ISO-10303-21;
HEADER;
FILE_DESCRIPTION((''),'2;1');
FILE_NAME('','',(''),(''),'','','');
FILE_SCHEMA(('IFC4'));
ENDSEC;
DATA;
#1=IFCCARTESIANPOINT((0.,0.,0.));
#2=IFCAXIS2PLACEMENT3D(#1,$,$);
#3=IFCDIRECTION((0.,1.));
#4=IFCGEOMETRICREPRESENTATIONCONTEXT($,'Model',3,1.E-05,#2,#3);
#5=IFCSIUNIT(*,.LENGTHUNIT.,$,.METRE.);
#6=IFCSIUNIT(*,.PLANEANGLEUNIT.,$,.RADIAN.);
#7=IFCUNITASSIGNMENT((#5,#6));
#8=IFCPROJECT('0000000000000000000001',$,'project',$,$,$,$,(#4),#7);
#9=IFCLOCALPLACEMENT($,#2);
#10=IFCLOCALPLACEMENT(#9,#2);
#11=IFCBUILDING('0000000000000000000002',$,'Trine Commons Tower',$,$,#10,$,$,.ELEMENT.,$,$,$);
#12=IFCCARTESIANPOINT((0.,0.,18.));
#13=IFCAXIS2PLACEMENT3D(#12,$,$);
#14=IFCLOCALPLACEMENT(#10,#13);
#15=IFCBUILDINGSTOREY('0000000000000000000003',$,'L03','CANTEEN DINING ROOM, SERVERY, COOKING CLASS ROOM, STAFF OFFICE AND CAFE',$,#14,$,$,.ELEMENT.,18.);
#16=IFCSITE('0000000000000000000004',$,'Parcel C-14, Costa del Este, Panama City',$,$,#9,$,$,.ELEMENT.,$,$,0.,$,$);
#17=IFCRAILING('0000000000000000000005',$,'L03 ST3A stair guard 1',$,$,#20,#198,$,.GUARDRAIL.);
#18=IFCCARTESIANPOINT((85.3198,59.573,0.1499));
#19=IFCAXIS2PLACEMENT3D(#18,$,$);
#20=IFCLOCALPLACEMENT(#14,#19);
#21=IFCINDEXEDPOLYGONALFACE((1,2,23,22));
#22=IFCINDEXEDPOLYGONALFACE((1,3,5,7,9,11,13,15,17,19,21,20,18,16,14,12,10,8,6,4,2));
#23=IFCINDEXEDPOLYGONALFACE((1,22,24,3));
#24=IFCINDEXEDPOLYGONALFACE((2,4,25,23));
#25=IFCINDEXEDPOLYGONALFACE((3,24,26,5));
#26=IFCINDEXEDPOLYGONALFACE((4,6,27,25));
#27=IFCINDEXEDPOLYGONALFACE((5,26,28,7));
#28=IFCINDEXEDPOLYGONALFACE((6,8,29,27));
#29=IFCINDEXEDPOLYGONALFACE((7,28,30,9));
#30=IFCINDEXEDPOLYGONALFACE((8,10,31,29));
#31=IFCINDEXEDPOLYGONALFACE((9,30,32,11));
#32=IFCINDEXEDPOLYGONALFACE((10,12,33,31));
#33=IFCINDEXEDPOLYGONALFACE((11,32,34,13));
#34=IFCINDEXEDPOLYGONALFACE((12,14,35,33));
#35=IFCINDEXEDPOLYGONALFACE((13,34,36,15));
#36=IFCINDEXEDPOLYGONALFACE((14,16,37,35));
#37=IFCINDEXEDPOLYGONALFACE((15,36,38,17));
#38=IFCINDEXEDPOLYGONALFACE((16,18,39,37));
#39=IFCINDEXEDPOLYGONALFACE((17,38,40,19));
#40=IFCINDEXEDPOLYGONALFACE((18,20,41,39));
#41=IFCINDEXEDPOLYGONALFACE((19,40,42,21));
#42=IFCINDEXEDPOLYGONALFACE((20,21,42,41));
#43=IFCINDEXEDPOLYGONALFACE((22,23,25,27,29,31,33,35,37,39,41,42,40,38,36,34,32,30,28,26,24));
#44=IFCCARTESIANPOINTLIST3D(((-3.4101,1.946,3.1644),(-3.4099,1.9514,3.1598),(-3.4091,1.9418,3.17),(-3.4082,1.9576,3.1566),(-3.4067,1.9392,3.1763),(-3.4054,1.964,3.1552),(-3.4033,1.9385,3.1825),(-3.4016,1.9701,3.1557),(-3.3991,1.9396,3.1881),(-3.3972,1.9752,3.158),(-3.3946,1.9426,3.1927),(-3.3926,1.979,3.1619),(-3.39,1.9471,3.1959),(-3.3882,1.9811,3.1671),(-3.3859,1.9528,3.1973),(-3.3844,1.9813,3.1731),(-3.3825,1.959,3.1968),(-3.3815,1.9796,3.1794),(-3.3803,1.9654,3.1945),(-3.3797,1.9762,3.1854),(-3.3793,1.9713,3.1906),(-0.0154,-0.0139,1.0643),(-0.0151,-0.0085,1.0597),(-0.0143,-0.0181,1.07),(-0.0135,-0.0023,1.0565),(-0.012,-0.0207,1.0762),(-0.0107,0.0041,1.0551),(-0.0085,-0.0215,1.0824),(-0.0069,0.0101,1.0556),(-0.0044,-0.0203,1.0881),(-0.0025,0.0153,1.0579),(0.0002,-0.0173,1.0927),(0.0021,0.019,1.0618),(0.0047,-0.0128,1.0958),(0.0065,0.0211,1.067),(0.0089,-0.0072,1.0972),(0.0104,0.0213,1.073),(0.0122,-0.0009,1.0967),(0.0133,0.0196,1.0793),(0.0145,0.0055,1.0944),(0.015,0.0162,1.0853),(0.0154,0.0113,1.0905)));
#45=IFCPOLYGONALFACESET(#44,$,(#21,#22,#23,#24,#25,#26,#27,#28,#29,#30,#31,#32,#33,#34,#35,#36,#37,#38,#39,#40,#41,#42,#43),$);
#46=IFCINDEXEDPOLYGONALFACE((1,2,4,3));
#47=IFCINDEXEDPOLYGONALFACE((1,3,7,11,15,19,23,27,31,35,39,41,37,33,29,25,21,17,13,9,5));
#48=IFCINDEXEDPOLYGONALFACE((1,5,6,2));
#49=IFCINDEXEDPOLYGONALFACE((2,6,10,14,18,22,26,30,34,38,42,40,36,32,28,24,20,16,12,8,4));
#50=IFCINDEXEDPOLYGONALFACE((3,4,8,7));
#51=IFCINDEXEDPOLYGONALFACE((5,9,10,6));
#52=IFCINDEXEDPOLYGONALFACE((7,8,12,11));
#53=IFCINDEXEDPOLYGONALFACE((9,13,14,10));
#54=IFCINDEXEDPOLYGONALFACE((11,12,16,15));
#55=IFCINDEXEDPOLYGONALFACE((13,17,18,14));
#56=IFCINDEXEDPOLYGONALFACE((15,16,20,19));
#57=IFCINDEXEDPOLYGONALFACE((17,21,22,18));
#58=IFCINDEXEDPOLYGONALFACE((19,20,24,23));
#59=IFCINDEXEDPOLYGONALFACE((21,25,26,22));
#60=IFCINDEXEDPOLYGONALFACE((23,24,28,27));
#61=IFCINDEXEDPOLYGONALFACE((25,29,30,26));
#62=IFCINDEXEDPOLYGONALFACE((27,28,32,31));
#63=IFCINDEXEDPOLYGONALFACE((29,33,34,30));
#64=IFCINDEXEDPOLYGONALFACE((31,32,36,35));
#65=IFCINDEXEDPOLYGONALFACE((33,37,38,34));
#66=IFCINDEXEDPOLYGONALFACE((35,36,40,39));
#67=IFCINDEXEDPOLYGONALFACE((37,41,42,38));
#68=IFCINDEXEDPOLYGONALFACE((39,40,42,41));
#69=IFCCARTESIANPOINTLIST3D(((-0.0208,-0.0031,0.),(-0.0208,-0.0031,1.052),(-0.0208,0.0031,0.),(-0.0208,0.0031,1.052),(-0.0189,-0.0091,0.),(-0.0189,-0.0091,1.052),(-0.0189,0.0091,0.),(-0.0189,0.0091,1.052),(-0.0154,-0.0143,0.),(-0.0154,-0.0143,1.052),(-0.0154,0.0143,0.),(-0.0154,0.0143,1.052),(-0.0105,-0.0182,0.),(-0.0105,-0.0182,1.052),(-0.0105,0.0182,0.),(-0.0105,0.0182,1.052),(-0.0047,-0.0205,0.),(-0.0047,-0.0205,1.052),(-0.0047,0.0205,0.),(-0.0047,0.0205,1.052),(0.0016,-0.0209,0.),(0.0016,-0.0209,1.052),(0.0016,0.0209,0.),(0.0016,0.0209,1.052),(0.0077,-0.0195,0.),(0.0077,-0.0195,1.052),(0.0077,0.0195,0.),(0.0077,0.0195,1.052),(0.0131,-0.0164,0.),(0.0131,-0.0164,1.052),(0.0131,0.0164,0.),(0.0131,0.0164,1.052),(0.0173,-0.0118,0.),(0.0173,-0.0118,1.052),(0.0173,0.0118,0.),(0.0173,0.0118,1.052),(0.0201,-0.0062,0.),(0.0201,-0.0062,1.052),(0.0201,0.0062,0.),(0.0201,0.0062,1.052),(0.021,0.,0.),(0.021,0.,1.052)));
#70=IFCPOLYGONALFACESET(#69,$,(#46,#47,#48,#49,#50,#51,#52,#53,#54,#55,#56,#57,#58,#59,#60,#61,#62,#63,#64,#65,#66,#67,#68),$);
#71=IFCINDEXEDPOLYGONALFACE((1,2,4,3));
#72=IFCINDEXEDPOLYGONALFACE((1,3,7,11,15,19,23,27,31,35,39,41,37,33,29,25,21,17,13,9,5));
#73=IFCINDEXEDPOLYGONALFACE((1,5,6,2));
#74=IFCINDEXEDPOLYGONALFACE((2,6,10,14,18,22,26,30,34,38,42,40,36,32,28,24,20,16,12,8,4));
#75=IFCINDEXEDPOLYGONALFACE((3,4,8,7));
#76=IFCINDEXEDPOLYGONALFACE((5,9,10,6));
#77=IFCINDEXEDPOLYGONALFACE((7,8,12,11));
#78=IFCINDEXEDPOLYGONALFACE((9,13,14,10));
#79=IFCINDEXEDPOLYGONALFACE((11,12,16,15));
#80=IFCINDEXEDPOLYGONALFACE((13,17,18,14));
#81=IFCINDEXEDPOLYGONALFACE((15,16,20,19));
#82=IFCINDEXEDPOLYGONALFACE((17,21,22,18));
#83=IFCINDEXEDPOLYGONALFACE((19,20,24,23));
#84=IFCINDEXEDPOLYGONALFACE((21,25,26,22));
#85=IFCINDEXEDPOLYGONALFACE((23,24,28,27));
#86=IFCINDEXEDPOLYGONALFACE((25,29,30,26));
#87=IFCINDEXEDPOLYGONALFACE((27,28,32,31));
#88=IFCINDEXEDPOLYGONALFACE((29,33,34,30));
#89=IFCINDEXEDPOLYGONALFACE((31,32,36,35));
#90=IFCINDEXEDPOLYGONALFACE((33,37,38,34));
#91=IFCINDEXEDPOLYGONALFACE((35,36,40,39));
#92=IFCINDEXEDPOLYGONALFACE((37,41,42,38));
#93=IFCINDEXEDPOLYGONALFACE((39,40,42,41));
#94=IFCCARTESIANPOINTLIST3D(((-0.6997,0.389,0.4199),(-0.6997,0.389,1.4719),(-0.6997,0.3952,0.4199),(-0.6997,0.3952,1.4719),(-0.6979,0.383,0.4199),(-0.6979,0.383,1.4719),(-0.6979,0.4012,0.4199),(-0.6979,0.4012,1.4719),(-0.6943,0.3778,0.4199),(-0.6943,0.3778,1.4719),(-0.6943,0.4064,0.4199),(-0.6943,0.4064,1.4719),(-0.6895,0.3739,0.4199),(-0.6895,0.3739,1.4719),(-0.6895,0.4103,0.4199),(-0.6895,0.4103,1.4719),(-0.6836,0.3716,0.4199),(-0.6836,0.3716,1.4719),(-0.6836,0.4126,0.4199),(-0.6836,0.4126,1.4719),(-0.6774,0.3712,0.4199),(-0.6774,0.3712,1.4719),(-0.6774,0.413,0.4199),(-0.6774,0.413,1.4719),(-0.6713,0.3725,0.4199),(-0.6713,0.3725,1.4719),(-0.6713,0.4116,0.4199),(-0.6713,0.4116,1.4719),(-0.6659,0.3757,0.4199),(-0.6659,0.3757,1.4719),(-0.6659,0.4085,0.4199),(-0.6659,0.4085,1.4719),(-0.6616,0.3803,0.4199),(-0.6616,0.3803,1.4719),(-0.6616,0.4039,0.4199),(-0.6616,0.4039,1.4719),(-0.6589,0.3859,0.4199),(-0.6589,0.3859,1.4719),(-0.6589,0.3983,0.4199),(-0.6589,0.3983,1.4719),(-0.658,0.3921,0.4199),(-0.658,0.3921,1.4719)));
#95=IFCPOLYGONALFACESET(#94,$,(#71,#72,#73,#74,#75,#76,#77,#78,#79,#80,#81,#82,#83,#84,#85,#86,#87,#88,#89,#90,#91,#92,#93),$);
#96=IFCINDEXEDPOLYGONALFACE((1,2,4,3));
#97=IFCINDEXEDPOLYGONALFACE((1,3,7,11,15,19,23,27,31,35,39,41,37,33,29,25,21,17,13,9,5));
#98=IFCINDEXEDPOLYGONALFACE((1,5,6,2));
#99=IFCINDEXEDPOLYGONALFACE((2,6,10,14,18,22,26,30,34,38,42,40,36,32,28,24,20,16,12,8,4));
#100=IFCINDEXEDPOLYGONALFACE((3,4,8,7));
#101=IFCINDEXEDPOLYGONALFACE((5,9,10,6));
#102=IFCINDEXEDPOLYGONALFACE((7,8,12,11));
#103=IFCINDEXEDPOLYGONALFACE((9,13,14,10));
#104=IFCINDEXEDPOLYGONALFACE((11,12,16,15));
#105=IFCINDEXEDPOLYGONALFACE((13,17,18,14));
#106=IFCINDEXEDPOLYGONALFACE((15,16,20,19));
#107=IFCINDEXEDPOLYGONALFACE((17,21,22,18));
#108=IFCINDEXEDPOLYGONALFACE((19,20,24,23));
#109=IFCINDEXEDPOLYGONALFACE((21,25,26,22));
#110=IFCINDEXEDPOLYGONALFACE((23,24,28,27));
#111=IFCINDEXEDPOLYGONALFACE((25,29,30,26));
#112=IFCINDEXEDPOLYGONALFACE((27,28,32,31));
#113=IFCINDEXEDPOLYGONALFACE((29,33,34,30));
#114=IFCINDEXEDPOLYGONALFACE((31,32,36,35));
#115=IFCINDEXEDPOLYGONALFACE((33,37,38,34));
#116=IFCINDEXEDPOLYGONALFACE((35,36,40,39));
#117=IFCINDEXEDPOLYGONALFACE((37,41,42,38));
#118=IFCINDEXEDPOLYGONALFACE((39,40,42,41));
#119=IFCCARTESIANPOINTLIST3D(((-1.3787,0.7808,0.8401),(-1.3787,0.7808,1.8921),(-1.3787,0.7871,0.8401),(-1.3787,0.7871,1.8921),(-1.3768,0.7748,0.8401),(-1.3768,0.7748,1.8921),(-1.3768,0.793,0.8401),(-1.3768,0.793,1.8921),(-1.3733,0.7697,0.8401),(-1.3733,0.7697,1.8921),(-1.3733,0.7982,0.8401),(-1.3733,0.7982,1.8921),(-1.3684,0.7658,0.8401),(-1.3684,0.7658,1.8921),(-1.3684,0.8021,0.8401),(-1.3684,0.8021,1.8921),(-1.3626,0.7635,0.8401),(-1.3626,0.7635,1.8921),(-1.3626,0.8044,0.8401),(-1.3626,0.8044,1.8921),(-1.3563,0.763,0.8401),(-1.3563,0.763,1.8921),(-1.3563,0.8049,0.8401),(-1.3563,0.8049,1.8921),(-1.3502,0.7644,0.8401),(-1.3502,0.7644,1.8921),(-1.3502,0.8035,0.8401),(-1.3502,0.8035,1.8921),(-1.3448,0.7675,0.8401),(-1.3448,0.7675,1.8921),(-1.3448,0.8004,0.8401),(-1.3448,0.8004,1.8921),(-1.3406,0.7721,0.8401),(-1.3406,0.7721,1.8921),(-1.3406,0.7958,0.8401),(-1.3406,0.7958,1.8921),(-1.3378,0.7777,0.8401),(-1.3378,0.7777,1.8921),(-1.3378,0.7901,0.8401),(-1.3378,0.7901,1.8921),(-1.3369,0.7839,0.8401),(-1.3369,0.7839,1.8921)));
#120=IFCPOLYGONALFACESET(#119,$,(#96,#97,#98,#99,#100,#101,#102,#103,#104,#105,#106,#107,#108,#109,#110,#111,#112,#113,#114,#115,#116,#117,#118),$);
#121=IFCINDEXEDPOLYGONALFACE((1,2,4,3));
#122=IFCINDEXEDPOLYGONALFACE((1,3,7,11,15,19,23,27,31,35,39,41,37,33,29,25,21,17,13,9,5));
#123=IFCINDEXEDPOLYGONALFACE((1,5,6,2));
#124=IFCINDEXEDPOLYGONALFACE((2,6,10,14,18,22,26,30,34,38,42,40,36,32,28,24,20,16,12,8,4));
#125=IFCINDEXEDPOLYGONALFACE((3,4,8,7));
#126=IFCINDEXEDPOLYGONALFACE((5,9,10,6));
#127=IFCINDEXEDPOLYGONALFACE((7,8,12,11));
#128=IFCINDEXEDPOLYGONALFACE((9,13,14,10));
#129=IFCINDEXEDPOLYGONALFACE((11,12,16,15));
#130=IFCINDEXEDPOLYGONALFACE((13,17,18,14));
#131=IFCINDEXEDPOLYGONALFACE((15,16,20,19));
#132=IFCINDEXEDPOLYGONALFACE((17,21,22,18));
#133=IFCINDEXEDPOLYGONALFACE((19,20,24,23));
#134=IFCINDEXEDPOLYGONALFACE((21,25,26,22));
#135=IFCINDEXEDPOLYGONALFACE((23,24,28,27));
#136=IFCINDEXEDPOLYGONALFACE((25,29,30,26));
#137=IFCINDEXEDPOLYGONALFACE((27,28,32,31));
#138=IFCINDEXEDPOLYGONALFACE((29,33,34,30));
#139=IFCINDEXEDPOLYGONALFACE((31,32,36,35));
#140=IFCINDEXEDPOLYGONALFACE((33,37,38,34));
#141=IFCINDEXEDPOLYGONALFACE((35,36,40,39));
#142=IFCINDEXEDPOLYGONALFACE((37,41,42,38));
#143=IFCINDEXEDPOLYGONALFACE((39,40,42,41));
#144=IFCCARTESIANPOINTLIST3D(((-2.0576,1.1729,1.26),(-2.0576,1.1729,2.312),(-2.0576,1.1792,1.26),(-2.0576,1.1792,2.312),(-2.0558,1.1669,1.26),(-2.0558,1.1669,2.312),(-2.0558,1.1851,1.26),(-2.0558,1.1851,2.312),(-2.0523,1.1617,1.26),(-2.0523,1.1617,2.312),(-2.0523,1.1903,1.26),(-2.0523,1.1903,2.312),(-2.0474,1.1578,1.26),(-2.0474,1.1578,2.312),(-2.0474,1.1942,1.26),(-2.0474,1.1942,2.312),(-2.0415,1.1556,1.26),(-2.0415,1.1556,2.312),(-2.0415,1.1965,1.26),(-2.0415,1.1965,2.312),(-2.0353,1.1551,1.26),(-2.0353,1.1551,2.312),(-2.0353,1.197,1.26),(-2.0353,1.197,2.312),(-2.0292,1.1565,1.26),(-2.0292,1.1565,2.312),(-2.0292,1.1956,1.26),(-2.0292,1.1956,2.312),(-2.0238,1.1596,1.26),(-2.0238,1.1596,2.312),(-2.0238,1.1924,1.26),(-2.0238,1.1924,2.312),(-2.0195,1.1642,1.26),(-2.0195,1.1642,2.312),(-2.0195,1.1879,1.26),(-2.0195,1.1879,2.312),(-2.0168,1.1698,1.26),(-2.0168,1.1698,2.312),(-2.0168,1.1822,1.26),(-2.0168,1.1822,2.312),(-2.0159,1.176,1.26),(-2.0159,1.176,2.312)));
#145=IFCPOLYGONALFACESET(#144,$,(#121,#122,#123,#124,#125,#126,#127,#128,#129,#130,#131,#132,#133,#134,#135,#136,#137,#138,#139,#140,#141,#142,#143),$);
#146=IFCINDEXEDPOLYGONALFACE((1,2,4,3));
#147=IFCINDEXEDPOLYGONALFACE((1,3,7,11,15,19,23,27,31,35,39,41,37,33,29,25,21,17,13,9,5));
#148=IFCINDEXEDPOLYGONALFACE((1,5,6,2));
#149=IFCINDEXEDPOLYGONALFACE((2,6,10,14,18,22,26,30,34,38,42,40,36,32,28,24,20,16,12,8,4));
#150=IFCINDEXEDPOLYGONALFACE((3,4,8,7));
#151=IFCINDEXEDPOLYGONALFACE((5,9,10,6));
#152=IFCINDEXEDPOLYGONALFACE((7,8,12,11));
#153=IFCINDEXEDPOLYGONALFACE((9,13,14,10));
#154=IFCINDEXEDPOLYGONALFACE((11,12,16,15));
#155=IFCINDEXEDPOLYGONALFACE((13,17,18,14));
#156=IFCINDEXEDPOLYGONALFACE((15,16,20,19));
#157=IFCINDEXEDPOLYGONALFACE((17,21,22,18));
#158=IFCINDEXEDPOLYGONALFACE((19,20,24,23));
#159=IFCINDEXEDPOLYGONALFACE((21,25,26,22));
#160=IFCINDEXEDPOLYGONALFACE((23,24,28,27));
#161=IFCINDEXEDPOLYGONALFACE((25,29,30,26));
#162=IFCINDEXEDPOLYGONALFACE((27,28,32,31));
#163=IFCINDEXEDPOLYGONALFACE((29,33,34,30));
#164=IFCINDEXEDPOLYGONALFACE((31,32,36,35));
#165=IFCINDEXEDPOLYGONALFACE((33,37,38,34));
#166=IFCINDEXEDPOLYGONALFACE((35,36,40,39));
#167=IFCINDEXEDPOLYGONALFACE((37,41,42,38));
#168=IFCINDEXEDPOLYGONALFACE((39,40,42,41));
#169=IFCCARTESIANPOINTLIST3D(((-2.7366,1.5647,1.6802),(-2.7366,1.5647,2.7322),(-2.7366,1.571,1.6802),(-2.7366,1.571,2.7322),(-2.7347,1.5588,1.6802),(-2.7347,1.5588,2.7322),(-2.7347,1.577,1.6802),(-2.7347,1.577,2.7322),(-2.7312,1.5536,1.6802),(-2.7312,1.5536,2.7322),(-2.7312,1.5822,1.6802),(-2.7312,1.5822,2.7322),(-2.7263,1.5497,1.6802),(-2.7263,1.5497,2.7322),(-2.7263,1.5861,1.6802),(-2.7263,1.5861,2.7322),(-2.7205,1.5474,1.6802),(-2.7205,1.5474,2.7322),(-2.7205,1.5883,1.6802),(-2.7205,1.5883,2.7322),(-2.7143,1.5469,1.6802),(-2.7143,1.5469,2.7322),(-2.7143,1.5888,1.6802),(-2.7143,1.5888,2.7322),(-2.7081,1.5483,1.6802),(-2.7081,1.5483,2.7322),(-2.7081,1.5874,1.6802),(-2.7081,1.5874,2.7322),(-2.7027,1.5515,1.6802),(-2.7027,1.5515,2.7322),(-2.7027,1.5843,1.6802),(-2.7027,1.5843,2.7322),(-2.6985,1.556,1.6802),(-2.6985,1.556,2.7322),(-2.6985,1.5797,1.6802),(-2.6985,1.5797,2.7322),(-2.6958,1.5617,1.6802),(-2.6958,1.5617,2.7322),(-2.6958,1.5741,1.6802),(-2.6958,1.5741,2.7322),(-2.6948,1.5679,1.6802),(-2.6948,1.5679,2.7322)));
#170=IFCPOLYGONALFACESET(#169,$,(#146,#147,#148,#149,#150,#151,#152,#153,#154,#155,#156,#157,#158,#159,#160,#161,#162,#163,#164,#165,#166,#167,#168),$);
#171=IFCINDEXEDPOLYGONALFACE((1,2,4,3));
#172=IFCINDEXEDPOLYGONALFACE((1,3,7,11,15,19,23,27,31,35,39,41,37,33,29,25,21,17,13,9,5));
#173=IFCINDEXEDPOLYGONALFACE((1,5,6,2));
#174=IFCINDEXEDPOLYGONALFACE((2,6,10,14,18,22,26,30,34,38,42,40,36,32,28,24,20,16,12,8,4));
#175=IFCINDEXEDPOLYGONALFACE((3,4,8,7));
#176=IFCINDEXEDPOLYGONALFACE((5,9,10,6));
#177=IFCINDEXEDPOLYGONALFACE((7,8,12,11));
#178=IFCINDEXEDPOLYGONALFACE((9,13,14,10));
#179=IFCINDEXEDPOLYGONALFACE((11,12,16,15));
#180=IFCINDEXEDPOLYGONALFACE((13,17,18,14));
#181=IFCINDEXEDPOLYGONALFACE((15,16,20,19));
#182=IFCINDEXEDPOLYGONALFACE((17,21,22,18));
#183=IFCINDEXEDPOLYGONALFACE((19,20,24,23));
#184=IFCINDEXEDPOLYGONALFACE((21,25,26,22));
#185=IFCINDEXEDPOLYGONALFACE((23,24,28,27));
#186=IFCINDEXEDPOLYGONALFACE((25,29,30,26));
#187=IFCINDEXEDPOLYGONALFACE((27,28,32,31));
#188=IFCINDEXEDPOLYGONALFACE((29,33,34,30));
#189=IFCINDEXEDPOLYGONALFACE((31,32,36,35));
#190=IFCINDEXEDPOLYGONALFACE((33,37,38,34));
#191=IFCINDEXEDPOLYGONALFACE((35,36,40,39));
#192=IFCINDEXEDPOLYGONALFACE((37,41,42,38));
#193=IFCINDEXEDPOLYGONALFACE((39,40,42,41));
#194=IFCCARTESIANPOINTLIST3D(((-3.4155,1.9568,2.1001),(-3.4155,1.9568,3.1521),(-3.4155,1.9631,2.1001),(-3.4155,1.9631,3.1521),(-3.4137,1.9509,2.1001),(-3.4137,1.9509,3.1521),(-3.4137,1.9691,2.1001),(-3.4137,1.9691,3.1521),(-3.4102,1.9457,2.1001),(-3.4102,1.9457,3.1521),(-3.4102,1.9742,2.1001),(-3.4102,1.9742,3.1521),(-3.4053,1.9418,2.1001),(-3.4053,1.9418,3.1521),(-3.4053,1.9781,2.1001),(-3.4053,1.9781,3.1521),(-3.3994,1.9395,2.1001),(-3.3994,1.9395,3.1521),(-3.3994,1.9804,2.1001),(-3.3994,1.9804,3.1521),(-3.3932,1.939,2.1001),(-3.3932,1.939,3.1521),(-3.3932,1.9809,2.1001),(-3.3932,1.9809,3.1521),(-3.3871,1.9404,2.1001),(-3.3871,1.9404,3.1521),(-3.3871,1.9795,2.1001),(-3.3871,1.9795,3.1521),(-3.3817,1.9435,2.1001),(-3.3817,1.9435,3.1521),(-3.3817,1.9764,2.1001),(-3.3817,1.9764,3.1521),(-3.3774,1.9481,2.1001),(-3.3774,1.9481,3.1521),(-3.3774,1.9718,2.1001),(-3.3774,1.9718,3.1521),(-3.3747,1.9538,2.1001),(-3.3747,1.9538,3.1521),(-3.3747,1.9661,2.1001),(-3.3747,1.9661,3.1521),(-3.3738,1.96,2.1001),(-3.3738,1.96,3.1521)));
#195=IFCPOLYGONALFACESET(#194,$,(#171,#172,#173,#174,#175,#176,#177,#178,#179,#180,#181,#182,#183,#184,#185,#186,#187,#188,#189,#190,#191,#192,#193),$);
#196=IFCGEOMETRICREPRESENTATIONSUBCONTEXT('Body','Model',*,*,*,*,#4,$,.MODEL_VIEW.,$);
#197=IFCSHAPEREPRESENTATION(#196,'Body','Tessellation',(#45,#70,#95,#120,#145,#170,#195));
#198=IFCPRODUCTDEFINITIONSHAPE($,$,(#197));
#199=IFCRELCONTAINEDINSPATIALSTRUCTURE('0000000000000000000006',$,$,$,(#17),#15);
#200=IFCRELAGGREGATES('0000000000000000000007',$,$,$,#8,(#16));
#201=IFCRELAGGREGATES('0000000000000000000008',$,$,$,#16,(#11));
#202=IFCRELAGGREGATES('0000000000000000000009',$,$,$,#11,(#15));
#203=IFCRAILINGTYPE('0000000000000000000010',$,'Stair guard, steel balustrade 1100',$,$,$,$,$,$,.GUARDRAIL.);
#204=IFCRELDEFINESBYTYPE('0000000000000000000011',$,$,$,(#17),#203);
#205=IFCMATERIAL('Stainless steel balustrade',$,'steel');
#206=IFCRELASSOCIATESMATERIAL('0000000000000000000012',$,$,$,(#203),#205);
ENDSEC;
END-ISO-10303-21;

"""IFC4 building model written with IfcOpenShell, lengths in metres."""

from ifc_helpers import new_model, si_unit, direction, frame, origin, origin_2d, place, context, subcontext, project, spatial, circle, extrude, material, type_object, element, save


model = new_model("IFC4")

# Units and contexts
model_context = context("Model", 3, precision=1e-05, world=origin(), true_north=direction((0.0, 1.0)))
body_context = subcontext(model_context, "Body", "Model", "MODEL_VIEW")
ifc_project = project(units=[si_unit("LENGTHUNIT", "METRE"), si_unit("PLANEANGLEUNIT", "RADIAN")], contexts=[model_context])

# Site, building, storey
site_placement = place(None, origin())
site = spatial("IfcSite", under=ifc_project, at=site_placement, Name="Parcel C-14, Costa del Este, Panama City", CompositionType="ELEMENT", RefElevation=0.0)
building_placement = place(site_placement, origin())
building = spatial("IfcBuilding", under=site, at=building_placement, Name="Trine Commons Tower", CompositionType="ELEMENT")
storey_placement = place(building_placement, frame((0.0, 0.0, 18.0)))
storey = spatial("IfcBuildingStorey", under=building, at=storey_placement, Name="L03", Description="CANTEEN DINING ROOM, SERVERY, COOKING CLASS ROOM, STAFF OFFICE AND CAFE", CompositionType="ELEMENT", Elevation=18.0)

# Railing
ifc_material_1 = material(Name="Stainless steel balustrade", Category="steel")
railing_type_1 = type_object("IfcRailingType", Name="Stair guard, steel balustrade 1100", PredefinedType="GUARDRAIL", material=ifc_material_1)
railing_1_placement = place(storey_placement, frame((85.3198, 59.573, 0.1499)))
element("IfcRailing", 1, at=railing_1_placement, inside=storey, type_object=railing_type_1, Name="L03 ST3A stair guard 1", PredefinedType="GUARDRAIL", context=body_context, shape_type="SweptSolid", body=[
    extrude(circle(Radius=0.0239, at=origin_2d()), frame((0.0, 0.0, 1.0762), z_axis=(-0.763375, 0.440732, 0.472244), x_axis=(-0.499997, -0.866027, 0.0)), (0.0, 0.0, 1.0), 4.447),
    extrude(circle(Radius=0.021, at=origin_2d()), origin(), (0.0, 0.0, 1.0), 1.052),
    extrude(circle(Radius=0.021, at=origin_2d()), frame((-0.679, 0.3921, 0.4199)), (0.0, 0.0, 1.0), 1.052),
    extrude(circle(Radius=0.021, at=origin_2d()), frame((-1.3579, 0.7839, 0.8401)), (0.0, 0.0, 1.0), 1.052),
    extrude(circle(Radius=0.021, at=origin_2d()), frame((-2.0369, 1.176, 1.26)), (0.0, 0.0, 1.0), 1.052),
    extrude(circle(Radius=0.021, at=origin_2d()), frame((-2.7158, 1.5679, 1.6802)), (0.0, 0.0, 1.0), 1.052),
    extrude(circle(Radius=0.021, at=origin_2d()), frame((-3.3948, 1.96, 2.1001)), (0.0, 0.0, 1.0), 1.052),
])

save(model, "model.ifc")
